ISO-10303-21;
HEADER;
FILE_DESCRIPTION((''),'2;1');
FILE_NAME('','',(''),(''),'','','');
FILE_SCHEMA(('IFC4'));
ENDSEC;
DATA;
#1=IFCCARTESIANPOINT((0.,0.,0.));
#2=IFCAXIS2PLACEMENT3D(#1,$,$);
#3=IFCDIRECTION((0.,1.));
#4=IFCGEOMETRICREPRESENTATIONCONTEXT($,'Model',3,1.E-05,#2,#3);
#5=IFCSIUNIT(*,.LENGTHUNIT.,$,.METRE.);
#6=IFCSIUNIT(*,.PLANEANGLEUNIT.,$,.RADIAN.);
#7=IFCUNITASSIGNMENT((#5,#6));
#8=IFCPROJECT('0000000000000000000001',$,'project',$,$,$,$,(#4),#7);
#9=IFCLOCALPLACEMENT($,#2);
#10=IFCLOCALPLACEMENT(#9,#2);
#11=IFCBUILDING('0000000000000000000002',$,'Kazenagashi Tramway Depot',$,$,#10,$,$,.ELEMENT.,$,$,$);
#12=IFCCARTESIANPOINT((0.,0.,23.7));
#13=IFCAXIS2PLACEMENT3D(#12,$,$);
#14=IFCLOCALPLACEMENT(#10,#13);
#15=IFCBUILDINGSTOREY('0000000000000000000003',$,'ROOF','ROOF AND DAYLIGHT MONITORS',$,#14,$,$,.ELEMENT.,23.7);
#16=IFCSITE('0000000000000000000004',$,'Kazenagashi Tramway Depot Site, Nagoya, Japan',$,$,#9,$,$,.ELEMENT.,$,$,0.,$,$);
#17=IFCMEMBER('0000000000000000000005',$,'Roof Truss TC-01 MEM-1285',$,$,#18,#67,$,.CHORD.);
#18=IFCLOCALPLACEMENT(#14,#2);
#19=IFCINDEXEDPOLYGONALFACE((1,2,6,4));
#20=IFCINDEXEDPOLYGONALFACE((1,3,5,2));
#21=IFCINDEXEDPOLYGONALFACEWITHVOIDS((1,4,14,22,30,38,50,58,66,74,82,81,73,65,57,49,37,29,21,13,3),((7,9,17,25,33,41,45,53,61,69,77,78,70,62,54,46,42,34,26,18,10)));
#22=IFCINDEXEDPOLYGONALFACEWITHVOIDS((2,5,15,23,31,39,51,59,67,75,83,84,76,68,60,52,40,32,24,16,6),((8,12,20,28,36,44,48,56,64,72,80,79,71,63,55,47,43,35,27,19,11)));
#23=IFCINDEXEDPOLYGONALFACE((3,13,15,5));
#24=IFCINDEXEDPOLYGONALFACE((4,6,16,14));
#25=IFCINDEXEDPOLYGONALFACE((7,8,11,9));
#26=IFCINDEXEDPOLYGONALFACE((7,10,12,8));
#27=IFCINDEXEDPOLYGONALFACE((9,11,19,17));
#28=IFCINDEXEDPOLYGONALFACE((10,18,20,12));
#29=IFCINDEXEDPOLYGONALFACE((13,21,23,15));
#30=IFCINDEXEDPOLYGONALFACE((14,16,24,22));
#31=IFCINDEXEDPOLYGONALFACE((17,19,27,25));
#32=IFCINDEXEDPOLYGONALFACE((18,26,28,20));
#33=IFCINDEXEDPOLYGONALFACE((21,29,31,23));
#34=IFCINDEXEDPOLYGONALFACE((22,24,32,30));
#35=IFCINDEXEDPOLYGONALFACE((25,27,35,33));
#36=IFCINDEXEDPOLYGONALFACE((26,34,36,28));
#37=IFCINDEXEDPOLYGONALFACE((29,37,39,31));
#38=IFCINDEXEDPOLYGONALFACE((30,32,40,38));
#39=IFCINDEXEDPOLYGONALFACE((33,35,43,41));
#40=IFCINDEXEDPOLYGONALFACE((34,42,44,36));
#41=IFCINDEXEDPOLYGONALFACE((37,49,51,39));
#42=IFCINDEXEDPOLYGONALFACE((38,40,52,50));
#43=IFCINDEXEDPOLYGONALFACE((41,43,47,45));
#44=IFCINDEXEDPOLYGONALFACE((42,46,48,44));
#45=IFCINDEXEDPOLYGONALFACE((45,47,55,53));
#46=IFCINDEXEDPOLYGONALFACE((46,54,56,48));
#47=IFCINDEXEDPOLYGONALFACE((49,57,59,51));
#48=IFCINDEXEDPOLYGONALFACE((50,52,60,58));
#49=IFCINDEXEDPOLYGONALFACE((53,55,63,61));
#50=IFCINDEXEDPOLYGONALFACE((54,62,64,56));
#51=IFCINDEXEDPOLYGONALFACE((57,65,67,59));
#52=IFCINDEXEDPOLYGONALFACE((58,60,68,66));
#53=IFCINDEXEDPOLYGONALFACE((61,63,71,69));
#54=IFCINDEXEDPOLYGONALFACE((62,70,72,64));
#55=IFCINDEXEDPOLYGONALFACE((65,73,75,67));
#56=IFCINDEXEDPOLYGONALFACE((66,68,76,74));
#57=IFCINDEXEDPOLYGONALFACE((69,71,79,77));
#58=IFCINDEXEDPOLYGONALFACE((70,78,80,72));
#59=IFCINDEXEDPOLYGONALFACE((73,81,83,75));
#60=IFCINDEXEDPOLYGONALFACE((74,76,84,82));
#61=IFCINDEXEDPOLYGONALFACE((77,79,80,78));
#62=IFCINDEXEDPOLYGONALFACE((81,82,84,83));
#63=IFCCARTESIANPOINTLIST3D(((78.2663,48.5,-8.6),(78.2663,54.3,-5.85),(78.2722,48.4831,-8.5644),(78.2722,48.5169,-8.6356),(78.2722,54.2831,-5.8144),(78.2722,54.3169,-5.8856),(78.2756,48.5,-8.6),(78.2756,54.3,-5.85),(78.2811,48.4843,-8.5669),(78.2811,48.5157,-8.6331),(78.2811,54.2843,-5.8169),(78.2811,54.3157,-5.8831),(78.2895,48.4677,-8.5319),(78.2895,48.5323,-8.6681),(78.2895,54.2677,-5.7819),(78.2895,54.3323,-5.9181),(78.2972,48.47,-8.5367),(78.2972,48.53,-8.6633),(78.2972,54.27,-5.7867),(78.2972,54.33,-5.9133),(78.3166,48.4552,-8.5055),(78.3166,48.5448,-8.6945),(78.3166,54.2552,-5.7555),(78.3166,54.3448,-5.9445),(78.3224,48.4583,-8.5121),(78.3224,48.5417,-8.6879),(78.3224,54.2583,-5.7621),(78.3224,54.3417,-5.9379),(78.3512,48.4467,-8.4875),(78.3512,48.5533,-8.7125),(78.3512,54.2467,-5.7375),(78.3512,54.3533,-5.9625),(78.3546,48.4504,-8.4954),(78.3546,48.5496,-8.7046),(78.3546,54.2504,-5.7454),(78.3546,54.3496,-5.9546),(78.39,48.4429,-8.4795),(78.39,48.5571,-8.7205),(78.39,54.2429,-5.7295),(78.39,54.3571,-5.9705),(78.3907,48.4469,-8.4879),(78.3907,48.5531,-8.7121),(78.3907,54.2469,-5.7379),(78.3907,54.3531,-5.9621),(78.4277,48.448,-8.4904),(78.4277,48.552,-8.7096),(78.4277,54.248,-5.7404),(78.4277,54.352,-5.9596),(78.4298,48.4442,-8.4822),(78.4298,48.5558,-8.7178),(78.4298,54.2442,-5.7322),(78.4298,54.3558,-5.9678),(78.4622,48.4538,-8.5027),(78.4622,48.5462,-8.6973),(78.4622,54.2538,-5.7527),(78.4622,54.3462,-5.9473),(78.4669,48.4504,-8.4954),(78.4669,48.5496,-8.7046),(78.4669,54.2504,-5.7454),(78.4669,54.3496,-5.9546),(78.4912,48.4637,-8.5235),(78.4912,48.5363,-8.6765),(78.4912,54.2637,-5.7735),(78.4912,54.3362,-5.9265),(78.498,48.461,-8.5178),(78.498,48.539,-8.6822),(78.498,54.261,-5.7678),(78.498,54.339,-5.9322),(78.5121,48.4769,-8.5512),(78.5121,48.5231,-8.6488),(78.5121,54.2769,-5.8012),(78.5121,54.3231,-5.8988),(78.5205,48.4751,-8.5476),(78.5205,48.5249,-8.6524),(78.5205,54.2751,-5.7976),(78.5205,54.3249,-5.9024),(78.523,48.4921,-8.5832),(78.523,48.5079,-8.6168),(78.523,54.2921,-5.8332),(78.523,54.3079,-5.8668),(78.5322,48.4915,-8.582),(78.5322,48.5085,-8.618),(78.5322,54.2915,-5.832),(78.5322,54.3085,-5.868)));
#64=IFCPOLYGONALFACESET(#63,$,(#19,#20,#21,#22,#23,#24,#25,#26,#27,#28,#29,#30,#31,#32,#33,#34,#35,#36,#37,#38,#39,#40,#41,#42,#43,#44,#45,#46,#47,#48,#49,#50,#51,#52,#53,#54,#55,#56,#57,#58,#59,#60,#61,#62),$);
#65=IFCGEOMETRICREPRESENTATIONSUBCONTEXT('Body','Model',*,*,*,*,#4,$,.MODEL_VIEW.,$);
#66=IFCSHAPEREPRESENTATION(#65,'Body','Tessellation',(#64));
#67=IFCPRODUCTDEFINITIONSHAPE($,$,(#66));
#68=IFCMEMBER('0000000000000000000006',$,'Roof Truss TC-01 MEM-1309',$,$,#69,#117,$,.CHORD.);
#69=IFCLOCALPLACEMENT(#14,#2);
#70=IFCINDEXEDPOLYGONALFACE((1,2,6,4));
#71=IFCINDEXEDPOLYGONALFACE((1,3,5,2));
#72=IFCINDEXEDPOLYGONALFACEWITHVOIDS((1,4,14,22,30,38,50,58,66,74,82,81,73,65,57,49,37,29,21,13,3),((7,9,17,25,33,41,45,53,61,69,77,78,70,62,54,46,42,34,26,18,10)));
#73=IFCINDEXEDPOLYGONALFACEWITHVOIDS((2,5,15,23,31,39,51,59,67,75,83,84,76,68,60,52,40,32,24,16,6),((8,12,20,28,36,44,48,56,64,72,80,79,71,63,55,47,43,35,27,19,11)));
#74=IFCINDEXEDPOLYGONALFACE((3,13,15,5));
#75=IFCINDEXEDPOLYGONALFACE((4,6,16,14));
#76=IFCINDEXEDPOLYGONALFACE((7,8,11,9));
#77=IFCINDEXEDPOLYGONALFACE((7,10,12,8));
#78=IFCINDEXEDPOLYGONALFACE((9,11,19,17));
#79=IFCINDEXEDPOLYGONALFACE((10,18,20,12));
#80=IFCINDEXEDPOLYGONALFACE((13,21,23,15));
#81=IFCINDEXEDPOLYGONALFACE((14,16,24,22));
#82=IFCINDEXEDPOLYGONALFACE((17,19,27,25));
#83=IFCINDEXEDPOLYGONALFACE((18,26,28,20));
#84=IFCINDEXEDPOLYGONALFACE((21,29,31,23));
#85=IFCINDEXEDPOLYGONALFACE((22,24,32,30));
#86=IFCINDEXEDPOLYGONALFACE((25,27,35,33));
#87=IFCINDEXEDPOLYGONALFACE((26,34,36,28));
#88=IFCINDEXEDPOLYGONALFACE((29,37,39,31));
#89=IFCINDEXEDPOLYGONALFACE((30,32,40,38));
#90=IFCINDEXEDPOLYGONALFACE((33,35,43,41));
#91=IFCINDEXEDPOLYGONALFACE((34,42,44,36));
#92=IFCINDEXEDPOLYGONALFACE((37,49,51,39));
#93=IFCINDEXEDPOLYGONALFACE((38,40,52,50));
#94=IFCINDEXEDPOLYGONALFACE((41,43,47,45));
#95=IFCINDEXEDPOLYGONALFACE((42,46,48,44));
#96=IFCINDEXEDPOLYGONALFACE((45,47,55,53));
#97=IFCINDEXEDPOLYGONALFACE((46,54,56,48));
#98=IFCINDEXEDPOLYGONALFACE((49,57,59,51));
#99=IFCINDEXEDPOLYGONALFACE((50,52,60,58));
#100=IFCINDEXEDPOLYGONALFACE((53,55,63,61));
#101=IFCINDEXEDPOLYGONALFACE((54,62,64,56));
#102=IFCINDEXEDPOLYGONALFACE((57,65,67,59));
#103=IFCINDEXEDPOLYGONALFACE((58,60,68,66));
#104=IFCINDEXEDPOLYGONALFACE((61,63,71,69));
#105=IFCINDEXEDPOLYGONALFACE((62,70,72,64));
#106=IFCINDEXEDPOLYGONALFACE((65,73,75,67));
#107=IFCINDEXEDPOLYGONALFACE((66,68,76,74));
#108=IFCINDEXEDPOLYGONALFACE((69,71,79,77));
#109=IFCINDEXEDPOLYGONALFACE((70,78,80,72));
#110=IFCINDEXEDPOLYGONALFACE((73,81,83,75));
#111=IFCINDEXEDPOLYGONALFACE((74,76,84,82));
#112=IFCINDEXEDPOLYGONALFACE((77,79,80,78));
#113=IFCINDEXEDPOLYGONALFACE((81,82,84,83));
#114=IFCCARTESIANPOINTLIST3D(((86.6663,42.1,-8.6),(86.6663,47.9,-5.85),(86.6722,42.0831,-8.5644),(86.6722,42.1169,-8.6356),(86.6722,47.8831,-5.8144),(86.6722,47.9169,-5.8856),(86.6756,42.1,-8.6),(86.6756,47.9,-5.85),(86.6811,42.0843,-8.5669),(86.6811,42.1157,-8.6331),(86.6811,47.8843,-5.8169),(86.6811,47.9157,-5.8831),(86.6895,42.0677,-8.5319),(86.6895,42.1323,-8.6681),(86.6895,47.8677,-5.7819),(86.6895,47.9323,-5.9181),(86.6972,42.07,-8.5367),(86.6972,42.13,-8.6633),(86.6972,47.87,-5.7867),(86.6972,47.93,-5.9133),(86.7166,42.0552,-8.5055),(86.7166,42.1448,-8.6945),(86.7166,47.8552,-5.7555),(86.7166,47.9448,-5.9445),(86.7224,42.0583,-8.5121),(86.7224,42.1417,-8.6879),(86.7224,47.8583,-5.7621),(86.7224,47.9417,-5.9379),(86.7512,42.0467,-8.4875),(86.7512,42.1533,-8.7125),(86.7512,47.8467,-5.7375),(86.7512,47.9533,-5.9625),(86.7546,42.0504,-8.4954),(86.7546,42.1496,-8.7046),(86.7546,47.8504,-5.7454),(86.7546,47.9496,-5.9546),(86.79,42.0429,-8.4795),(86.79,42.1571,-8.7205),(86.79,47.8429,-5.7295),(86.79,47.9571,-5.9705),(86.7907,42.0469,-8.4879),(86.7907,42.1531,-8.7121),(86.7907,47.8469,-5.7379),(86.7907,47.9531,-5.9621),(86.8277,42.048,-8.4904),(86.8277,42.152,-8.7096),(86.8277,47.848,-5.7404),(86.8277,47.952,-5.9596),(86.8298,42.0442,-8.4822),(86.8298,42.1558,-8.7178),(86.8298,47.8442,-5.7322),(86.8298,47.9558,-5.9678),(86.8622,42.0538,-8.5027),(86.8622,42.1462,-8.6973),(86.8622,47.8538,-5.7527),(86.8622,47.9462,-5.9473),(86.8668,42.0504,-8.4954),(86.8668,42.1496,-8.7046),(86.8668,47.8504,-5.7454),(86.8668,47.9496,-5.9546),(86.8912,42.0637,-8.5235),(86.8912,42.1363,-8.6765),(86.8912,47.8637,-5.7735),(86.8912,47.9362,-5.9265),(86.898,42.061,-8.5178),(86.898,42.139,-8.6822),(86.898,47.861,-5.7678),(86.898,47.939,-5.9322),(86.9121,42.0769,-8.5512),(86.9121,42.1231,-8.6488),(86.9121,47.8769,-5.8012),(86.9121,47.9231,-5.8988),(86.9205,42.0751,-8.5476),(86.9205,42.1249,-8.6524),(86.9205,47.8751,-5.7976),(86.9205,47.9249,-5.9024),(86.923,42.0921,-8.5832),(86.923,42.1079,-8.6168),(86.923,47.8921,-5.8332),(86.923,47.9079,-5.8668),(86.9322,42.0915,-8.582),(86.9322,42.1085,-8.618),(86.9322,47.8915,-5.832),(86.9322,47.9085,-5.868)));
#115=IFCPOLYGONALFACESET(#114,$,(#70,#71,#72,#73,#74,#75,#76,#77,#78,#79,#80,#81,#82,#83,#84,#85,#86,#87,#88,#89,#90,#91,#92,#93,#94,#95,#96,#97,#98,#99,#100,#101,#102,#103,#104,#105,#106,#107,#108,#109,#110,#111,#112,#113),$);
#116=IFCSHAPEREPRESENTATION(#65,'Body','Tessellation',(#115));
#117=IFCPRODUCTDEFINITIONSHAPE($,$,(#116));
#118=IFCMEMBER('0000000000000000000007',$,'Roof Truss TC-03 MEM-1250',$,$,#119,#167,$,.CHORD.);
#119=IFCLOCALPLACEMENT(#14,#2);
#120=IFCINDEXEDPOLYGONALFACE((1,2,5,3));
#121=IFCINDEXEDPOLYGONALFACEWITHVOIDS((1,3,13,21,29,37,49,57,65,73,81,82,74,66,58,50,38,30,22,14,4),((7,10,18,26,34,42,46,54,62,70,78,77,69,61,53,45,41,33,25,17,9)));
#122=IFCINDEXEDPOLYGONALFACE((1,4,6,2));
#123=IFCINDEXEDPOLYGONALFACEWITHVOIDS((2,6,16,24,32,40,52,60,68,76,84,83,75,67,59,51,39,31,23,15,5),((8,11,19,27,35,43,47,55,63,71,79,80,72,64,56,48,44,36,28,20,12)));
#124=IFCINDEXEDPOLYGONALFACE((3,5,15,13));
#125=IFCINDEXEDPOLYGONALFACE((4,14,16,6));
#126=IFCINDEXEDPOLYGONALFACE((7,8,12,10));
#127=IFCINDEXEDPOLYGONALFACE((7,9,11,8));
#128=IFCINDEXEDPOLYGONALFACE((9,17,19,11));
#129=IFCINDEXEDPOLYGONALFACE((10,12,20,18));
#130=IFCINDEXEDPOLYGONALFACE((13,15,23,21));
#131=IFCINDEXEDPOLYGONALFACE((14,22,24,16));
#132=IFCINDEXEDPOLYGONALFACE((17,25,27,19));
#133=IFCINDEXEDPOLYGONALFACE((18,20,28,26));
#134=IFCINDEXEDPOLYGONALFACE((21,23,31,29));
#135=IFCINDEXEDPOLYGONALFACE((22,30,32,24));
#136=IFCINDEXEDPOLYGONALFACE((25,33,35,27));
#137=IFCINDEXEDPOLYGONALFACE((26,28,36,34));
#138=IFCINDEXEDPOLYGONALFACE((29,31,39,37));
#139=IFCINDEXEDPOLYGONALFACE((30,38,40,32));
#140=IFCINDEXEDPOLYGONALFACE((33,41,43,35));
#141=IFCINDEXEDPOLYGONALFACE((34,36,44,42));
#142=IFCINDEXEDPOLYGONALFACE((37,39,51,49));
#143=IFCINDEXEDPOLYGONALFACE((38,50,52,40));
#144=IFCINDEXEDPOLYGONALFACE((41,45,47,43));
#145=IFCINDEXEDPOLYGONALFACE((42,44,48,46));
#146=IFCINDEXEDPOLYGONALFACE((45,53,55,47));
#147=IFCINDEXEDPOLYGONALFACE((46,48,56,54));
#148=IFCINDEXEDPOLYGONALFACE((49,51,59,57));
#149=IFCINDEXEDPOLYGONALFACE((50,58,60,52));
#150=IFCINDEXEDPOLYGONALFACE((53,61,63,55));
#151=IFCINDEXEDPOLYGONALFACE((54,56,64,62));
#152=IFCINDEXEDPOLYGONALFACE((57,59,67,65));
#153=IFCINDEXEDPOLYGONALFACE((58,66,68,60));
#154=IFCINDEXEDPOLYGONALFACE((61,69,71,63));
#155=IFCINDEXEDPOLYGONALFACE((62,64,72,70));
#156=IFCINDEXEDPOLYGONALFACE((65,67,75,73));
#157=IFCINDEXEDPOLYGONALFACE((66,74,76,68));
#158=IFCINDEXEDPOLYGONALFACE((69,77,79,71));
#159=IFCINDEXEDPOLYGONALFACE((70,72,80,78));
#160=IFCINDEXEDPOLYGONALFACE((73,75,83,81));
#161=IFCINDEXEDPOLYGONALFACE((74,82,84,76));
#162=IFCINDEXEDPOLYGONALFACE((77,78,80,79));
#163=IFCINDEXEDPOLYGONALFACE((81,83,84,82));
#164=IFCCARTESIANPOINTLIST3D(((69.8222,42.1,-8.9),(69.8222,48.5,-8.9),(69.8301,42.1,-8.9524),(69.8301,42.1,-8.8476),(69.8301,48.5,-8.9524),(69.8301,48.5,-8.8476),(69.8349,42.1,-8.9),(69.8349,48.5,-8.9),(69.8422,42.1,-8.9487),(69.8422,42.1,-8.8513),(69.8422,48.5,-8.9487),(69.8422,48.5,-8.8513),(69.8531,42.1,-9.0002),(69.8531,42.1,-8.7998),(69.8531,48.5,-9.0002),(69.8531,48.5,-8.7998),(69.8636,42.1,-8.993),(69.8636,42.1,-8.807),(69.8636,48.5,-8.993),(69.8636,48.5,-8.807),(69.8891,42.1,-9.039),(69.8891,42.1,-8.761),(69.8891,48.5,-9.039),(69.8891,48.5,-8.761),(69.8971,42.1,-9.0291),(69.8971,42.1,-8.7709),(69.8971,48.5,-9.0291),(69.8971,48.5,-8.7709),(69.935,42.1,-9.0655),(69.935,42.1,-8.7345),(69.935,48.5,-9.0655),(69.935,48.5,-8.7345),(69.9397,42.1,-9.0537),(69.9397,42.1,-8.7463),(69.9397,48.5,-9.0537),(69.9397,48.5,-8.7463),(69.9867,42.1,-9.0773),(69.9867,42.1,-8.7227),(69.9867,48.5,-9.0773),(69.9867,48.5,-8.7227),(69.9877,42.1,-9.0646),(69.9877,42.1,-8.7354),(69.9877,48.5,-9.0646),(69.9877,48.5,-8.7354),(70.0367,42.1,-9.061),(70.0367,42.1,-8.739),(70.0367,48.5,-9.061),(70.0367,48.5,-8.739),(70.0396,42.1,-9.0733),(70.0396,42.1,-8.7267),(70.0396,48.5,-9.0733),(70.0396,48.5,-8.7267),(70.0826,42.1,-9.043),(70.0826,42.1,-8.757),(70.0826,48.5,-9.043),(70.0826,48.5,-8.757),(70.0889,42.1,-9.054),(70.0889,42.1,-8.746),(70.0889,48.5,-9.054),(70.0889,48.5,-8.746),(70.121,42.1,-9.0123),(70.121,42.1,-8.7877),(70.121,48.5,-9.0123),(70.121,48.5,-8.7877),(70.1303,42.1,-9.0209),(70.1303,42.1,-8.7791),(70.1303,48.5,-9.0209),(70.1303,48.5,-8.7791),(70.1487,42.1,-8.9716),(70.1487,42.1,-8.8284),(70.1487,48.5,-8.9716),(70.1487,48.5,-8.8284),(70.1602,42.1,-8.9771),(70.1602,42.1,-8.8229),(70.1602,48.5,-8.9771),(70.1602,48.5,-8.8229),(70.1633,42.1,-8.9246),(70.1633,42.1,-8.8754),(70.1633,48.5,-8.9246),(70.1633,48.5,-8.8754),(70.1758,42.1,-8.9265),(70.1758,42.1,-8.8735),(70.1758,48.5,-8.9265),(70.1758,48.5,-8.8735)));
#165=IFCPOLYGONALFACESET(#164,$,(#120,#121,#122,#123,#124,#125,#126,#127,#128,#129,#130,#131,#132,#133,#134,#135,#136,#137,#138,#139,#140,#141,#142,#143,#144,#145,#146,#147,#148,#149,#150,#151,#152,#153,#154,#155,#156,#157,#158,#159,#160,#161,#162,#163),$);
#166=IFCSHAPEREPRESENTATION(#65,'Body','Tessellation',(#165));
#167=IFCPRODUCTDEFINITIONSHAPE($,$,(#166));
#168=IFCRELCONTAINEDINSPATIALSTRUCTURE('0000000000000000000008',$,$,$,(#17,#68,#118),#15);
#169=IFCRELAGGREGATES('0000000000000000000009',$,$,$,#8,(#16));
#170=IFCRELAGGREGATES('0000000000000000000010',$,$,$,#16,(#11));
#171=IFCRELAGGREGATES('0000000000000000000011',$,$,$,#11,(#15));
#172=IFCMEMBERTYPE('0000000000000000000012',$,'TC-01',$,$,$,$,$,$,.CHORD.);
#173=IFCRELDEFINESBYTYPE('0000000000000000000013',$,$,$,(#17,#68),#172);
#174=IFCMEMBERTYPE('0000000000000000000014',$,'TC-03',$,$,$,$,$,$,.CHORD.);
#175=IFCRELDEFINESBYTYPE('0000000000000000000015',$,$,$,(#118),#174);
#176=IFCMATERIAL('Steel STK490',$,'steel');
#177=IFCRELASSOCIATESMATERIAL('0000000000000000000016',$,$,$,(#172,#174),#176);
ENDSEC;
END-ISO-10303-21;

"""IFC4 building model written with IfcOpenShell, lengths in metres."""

from ifc_helpers import new_model, si_unit, direction, frame, origin, origin_2d, place, context, subcontext, project, spatial, hollow_circle, extrude, material, material_profile, profile_set, type_object, element, save


model = new_model("IFC4")

# Units and contexts
model_context = context("Model", 3, precision=1e-05, world=origin(), true_north=direction((0.0, 1.0)))
body_context = subcontext(model_context, "Body", "Model", "MODEL_VIEW")
ifc_project = project(units=[si_unit("LENGTHUNIT", "METRE"), si_unit("PLANEANGLEUNIT", "RADIAN")], contexts=[model_context])

# Site, building, storey
site_placement = place(None, origin())
site = spatial("IfcSite", under=ifc_project, at=site_placement, Name="Kazenagashi Tramway Depot Site, Nagoya, Japan", CompositionType="ELEMENT", RefElevation=0.0)
building_placement = place(site_placement, origin())
building = spatial("IfcBuilding", under=site, at=building_placement, Name="Kazenagashi Tramway Depot", CompositionType="ELEMENT")
storey_placement = place(building_placement, frame((0.0, 0.0, 23.7)))
storey = spatial("IfcBuildingStorey", under=building, at=storey_placement, Name="ROOF", Description="ROOF AND DAYLIGHT MONITORS", CompositionType="ELEMENT", Elevation=23.7)

# Members
ifc_material_1 = material(Name="Steel STK490", Category="steel")
ifc_material_profile_1 = material_profile(ifc_material_1, hollow_circle(Radius=0.1337, WallThickness=0.0093, at=origin_2d()), Name="CHS-267.4x9.3")
ifc_profile_set_1 = profile_set([ifc_material_profile_1], Name="Steel STK490")
member_type_1 = type_object("IfcMemberType", Name="TC-01", PredefinedType="CHORD", material=ifc_profile_set_1)
for number, where, z_axis, x_axis, name in (
    (1, (78.4, 48.5, -8.6), (0.0, 0.903579, 0.428421), (-1.0, 0.0, 0.0), "Roof Truss TC-01 MEM-1285"),
    (2, (86.8, 42.1, -8.6), (0.0, 0.903579, 0.428421), (-1.0, 0.0, 0.0), "Roof Truss TC-01 MEM-1309"),
):
    element("IfcMember", number, at=place(storey_placement, frame(where, z_axis=z_axis, x_axis=x_axis)), inside=storey, type_object=member_type_1, Name=name, PredefinedType="CHORD", context=body_context, shape_type="SweptSolid", body=[
        extrude(hollow_circle(Radius=0.1337, WallThickness=0.0093, at=origin_2d()), origin(), (0.0, 0.0, 1.0), 6.4189),
    ])
ifc_material_profile_2 = material_profile(ifc_material_1, hollow_circle(Radius=0.1778, WallThickness=0.0127, at=origin_2d()), Name="CHS-355.6x12.7")
ifc_profile_set_2 = profile_set([ifc_material_profile_2], Name="Steel STK490")
member_type_2 = type_object("IfcMemberType", Name="TC-03", PredefinedType="CHORD", material=ifc_profile_set_2)
for number, where, z_axis, x_axis, name in (
    (3, (70.0, 42.1, -8.9), (0.0, 1.0, 0.0), (-1.0, 0.0, 0.0), "Roof Truss TC-03 MEM-1250"),
):
    element("IfcMember", number, at=place(storey_placement, frame(where, z_axis=z_axis, x_axis=x_axis)), inside=storey, type_object=member_type_2, Name=name, PredefinedType="CHORD", context=body_context, shape_type="SweptSolid", body=[
        extrude(hollow_circle(Radius=0.1778, WallThickness=0.0127, at=origin_2d()), origin(), (0.0, 0.0, 1.0), 6.4),
    ])

save(model, "model.ifc")
